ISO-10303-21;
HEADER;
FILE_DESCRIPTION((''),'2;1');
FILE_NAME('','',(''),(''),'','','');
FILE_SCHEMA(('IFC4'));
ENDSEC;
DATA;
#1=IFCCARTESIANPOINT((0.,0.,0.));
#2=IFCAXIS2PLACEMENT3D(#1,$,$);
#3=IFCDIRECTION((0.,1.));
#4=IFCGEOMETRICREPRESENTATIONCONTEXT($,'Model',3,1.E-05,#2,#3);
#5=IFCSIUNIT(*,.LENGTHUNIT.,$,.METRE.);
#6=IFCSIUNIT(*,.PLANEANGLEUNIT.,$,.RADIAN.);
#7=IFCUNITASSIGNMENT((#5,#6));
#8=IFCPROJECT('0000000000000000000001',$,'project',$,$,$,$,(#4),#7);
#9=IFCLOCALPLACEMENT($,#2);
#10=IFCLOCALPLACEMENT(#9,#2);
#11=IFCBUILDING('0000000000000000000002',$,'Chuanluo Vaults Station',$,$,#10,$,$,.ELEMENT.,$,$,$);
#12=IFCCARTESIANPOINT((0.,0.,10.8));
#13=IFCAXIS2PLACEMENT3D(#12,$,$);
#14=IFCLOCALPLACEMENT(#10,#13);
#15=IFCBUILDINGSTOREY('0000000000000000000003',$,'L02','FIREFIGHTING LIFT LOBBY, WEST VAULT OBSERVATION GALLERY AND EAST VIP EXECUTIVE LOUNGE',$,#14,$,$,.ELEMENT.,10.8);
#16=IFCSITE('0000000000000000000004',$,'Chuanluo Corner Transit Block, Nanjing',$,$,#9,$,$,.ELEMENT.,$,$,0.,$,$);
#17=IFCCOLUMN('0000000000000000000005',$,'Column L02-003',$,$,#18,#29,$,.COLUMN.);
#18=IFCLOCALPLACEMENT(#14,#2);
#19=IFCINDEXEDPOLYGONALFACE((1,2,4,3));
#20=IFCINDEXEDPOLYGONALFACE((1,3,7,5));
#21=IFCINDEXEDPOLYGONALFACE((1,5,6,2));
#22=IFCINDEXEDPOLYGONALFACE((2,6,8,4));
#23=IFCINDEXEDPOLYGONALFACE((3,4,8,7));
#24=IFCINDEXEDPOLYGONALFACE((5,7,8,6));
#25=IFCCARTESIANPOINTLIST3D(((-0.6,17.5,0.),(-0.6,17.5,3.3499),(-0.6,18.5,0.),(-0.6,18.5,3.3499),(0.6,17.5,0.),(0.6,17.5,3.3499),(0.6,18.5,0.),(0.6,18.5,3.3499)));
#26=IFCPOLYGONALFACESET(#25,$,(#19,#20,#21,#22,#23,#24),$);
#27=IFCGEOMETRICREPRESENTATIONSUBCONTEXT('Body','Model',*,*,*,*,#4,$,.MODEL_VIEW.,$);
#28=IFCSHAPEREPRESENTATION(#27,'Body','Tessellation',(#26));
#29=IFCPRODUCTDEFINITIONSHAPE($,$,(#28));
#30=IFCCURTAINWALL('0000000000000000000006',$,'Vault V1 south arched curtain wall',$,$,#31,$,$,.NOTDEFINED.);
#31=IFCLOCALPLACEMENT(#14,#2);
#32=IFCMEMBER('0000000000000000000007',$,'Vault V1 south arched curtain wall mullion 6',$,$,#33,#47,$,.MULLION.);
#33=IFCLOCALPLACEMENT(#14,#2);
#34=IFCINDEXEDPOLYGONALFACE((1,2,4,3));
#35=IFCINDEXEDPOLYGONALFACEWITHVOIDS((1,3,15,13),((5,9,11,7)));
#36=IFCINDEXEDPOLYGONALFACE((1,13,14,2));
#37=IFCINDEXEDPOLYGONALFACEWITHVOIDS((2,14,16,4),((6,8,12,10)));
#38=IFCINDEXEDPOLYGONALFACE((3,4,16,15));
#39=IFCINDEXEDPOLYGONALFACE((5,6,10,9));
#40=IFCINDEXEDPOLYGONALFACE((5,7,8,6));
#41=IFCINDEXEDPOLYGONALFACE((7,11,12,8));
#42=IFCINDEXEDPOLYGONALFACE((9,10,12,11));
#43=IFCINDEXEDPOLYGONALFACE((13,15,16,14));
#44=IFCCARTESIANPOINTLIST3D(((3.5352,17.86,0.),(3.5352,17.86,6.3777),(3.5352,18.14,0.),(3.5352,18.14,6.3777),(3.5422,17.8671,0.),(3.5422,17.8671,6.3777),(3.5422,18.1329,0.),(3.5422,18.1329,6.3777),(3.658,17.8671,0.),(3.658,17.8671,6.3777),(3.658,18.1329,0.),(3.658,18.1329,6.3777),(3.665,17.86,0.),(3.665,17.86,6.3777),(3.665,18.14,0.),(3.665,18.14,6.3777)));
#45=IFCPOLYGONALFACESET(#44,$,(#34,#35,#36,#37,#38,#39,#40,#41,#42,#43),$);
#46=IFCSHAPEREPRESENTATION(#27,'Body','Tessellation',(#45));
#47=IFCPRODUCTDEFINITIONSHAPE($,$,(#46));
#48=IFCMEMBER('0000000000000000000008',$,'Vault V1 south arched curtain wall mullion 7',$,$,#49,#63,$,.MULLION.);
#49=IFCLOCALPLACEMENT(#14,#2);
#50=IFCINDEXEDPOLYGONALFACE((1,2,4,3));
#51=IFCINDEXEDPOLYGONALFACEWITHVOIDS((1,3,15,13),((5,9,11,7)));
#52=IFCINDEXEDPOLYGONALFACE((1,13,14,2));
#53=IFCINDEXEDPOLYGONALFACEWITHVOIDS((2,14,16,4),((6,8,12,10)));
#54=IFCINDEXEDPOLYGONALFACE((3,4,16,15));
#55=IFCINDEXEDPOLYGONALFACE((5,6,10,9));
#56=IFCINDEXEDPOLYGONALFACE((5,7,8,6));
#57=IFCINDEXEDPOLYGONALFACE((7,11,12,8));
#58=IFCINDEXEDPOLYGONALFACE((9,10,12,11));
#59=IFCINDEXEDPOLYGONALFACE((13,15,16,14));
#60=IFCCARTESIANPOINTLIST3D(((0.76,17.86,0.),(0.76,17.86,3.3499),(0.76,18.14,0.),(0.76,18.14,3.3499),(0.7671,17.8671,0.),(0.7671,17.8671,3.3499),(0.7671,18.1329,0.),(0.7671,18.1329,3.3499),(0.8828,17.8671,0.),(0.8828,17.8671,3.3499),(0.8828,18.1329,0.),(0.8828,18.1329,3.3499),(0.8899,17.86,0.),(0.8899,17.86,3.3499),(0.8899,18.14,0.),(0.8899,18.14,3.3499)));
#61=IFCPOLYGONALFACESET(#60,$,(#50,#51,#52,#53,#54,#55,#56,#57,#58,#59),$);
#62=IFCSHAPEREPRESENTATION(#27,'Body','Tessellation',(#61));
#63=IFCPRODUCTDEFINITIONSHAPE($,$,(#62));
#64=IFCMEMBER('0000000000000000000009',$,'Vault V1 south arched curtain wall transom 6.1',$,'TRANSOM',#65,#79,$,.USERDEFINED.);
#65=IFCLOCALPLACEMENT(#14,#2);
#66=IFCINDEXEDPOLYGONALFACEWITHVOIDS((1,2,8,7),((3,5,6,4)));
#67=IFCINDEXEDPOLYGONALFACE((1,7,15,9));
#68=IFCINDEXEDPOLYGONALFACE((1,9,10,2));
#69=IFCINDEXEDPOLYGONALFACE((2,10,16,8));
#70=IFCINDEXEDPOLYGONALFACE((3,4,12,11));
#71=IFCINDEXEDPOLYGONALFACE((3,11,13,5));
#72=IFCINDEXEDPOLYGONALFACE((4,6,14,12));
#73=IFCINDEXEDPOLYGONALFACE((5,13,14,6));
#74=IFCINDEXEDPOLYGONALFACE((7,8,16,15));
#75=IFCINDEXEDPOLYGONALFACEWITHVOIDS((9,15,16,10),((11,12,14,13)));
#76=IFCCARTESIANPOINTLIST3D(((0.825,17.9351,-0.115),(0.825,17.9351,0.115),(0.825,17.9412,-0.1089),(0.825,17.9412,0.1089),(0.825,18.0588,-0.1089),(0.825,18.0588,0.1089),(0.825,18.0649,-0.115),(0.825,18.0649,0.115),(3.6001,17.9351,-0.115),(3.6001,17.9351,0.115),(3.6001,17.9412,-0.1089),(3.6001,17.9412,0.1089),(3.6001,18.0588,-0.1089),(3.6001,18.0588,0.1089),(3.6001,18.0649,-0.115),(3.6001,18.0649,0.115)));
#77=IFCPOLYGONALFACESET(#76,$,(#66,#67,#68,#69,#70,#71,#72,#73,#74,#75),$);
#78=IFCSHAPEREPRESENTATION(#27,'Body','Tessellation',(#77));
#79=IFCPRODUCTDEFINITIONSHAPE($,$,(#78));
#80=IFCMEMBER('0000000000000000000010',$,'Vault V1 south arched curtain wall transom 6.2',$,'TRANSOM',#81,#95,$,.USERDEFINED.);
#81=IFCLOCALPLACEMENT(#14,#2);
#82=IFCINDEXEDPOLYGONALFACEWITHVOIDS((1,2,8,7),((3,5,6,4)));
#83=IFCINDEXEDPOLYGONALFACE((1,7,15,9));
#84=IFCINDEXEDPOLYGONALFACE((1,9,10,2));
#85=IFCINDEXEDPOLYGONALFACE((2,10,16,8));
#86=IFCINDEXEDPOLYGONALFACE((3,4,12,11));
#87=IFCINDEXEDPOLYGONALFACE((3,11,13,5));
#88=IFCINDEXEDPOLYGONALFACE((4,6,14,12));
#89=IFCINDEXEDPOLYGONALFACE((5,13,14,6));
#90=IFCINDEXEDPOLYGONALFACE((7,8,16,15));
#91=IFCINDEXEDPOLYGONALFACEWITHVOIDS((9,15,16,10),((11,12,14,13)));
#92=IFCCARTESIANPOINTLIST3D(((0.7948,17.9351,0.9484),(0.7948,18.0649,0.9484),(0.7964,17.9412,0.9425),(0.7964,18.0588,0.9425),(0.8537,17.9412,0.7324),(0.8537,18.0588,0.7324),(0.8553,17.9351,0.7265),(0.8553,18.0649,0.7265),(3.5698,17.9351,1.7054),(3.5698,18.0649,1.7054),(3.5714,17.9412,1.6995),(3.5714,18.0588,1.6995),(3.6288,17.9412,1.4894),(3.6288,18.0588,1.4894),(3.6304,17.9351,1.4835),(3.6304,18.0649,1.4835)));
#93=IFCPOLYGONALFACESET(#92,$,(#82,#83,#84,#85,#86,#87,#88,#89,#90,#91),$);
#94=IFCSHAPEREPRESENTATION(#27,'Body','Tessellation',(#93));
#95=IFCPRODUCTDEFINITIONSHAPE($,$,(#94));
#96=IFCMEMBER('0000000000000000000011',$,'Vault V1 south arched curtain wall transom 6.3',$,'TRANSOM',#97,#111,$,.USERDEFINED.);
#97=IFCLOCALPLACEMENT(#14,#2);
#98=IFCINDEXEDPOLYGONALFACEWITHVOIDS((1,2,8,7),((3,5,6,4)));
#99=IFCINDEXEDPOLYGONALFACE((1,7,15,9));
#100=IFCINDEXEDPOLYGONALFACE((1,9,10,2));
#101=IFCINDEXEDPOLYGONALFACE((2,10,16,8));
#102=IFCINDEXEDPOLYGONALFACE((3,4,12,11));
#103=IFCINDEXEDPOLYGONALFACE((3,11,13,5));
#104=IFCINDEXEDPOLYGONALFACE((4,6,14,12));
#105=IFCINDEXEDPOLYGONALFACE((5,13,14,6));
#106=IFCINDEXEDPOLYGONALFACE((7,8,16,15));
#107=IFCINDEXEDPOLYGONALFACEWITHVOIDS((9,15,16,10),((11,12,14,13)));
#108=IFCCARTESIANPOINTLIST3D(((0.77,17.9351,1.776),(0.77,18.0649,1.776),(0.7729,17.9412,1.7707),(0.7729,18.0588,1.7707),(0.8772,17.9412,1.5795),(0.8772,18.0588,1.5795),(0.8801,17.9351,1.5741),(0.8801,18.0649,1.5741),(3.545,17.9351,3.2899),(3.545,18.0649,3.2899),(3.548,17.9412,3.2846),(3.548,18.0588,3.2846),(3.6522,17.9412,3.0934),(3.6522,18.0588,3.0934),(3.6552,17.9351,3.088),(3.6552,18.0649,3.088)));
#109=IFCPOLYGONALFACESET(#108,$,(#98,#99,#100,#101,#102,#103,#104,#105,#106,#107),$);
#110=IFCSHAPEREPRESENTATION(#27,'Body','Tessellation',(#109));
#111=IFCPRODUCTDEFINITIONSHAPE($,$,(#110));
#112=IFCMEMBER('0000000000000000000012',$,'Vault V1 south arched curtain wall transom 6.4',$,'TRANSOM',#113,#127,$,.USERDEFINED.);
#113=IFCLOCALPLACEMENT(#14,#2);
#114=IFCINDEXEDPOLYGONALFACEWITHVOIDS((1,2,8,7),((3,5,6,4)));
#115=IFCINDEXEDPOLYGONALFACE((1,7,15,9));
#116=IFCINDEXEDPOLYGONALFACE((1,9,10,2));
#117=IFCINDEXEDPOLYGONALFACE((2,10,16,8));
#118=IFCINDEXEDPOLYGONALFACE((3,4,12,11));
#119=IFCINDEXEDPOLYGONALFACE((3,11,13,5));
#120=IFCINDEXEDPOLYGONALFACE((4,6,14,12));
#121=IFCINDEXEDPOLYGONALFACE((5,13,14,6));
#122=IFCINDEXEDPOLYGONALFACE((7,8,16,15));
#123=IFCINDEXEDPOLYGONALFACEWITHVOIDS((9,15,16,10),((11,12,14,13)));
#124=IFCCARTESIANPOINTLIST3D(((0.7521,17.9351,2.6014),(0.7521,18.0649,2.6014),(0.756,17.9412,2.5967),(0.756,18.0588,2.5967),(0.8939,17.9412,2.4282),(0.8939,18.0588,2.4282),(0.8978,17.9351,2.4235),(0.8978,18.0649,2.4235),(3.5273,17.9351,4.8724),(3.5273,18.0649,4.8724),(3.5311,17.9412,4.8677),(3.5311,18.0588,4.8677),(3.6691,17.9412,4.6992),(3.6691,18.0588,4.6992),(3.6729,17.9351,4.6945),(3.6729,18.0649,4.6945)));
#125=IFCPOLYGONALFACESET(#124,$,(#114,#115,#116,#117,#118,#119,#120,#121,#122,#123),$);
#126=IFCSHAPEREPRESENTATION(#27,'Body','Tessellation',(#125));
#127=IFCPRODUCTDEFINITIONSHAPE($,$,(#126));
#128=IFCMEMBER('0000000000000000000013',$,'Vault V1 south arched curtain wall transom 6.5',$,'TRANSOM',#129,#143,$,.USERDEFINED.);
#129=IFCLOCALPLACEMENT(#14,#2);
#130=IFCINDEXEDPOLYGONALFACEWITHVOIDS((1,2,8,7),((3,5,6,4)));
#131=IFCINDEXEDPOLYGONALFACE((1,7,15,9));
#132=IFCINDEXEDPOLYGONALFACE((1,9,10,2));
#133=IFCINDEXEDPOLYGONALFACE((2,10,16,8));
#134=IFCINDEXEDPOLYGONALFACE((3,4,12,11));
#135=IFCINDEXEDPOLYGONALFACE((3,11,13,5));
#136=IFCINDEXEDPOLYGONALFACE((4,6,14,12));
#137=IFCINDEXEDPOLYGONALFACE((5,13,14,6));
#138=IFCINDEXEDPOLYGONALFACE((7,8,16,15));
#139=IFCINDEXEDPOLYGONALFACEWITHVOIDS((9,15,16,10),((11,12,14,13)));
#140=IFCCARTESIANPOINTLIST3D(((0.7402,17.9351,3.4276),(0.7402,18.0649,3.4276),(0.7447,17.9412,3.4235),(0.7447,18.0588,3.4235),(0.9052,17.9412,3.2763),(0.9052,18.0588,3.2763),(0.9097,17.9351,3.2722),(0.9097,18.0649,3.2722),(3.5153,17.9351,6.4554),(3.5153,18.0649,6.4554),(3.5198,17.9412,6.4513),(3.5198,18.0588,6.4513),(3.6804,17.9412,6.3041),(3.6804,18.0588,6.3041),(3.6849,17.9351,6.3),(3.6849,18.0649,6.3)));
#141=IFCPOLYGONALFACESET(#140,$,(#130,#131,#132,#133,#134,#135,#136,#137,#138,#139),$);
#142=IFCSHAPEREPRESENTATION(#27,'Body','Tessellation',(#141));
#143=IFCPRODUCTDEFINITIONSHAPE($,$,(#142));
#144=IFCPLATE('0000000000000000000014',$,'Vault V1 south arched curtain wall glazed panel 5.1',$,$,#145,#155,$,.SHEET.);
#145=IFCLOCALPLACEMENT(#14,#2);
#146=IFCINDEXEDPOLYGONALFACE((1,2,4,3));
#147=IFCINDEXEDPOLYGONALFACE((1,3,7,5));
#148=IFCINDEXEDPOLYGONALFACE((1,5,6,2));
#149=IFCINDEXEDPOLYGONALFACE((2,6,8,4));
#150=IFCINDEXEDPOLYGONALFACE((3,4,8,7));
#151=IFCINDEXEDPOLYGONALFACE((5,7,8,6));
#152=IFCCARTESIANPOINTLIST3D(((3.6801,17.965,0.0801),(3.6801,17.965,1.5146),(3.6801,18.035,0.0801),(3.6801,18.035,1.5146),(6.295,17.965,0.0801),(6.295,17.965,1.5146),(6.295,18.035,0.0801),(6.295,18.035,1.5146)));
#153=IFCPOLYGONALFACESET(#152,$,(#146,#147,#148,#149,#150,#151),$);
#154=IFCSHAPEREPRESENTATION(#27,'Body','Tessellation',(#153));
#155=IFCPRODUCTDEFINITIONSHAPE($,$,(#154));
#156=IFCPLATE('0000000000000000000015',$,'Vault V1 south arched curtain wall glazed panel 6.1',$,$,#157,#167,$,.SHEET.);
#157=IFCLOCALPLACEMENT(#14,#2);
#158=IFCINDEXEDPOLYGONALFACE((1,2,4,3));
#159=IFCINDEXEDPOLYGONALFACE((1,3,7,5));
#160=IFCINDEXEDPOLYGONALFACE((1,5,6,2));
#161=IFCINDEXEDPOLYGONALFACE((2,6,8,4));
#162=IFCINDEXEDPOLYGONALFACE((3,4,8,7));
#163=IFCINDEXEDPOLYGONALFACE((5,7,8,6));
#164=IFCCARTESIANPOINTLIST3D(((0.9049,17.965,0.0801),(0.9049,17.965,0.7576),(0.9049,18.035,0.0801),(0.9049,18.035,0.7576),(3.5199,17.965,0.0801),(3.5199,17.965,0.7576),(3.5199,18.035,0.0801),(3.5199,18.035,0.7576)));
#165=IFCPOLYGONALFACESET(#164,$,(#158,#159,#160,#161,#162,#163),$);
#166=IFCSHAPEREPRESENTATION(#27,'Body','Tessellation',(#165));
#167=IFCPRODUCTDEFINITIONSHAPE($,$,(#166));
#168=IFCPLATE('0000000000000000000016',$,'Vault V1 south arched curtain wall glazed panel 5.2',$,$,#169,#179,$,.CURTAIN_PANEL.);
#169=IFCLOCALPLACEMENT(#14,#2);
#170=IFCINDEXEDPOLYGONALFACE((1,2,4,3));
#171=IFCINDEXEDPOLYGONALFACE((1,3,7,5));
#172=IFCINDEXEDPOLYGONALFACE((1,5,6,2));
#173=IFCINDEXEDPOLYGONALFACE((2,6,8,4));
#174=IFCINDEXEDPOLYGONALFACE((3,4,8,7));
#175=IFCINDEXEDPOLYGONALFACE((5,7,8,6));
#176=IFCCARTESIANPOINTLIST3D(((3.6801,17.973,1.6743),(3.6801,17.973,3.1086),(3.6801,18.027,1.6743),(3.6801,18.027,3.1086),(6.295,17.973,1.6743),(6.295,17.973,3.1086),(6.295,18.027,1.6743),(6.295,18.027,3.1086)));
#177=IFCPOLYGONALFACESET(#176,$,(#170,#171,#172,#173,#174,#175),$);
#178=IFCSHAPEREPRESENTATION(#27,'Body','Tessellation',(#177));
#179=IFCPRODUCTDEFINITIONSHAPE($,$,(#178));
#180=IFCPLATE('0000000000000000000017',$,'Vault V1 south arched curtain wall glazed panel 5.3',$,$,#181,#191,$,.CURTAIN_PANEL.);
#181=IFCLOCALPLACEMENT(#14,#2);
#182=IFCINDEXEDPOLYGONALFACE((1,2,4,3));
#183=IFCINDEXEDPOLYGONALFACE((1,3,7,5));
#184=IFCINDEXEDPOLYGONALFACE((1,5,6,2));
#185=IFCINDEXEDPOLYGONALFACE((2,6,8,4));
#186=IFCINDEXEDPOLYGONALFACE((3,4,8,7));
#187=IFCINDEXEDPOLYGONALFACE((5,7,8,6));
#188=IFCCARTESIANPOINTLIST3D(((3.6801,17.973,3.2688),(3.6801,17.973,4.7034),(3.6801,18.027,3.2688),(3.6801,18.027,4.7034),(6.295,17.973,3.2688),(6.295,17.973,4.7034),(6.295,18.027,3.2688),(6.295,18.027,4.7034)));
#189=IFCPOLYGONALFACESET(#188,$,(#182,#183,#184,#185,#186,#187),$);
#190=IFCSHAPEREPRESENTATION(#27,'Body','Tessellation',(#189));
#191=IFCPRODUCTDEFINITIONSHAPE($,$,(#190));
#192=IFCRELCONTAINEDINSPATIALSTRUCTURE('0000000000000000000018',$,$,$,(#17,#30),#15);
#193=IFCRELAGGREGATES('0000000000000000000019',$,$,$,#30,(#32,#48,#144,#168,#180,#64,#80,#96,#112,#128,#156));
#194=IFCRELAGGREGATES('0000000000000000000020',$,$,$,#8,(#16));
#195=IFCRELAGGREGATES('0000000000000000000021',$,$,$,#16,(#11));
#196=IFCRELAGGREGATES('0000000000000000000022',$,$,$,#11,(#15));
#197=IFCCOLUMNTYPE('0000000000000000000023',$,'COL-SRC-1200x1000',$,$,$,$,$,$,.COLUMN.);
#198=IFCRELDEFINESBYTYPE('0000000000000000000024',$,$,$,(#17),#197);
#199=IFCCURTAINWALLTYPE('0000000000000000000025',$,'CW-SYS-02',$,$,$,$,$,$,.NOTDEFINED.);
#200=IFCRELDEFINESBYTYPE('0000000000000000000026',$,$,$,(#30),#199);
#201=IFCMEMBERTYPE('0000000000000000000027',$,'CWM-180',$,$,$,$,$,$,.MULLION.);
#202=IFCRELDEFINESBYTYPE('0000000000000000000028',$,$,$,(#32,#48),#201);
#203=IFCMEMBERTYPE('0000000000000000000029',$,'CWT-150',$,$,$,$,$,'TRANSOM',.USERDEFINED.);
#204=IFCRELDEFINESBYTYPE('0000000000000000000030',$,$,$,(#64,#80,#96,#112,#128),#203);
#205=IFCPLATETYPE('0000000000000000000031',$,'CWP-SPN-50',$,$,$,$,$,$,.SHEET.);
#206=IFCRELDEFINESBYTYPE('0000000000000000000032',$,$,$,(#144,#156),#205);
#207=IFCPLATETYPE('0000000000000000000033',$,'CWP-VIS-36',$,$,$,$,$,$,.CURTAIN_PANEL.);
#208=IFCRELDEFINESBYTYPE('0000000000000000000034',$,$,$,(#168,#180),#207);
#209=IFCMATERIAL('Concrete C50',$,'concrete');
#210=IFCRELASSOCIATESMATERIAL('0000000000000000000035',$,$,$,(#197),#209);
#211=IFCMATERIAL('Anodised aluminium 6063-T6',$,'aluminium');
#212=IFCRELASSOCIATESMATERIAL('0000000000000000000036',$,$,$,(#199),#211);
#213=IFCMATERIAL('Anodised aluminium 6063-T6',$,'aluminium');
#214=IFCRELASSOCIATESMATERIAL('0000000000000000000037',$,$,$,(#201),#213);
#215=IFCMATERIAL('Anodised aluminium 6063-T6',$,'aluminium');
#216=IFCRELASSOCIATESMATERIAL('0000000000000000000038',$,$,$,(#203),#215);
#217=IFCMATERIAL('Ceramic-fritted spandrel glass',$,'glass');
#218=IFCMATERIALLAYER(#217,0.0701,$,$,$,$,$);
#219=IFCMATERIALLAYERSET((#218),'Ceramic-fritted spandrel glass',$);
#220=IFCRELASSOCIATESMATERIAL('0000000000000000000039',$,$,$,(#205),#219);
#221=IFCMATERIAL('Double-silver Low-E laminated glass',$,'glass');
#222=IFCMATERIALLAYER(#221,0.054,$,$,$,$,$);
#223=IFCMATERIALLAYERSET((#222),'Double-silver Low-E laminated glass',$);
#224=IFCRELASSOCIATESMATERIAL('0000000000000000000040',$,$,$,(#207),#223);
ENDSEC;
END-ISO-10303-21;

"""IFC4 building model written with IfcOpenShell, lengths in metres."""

from ifc_helpers import new_model, si_unit, direction, frame, origin, origin_2d, place, context, subcontext, project, spatial, rectangle, hollow_rectangle, extrude, material, layer, layer_set, material_profile, profile_set, type_object, element, aggregate, save


model = new_model("IFC4")

# Units and contexts
model_context = context("Model", 3, precision=1e-05, world=origin(), true_north=direction((0.0, 1.0)))
body_context = subcontext(model_context, "Body", "Model", "MODEL_VIEW")
ifc_project = project(units=[si_unit("LENGTHUNIT", "METRE"), si_unit("PLANEANGLEUNIT", "RADIAN")], contexts=[model_context])

# Site, building, storey
site_placement = place(None, origin())
site = spatial("IfcSite", under=ifc_project, at=site_placement, Name="Chuanluo Corner Transit Block, Nanjing", CompositionType="ELEMENT", RefElevation=0.0)
building_placement = place(site_placement, origin())
building = spatial("IfcBuilding", under=site, at=building_placement, Name="Chuanluo Vaults Station", CompositionType="ELEMENT")
storey_placement = place(building_placement, frame((0.0, 0.0, 10.8)))
storey = spatial("IfcBuildingStorey", under=building, at=storey_placement, Name="L02", Description="FIREFIGHTING LIFT LOBBY, WEST VAULT OBSERVATION GALLERY AND EAST VIP EXECUTIVE LOUNGE", CompositionType="ELEMENT", Elevation=10.8)

# Column
ifc_material_1 = material(Name="Concrete C50", Category="concrete")
ifc_material_profile_1 = material_profile(ifc_material_1, rectangle(XDim=1.2, YDim=1.0, at=origin_2d()))
ifc_profile_set_1 = profile_set([ifc_material_profile_1], Name="Concrete C50")
column_type = type_object("IfcColumnType", Name="COL-SRC-1200x1000", PredefinedType="COLUMN", material=ifc_profile_set_1)
column_placement = place(storey_placement, frame((0.0, 18.0, 0.0), z_axis=(0.0, 0.0, 1.0), x_axis=(1.0, 0.0, 0.0)))
element("IfcColumn", 1, at=column_placement, inside=storey, type_object=column_type, Name="Column L02-003", PredefinedType="COLUMN", context=body_context, shape_type="SweptSolid", body=[
    extrude(rectangle(XDim=1.2, YDim=1.0, at=origin_2d()), origin(), (0.0, 0.0, 1.0), 3.3499),
])

# Curtain wall, members, plates
ifc_material_2 = material(Name="Anodised aluminium 6063-T6", Category="aluminium")
curtain_wall_type = type_object("IfcCurtainWallType", Name="CW-SYS-02", PredefinedType="NOTDEFINED", material=ifc_material_2)
curtain_wall_placement = place(storey_placement, origin())
curtain_wall = element("IfcCurtainWall", 2, at=curtain_wall_placement, inside=storey, type_object=curtain_wall_type, Name="Vault V1 south arched curtain wall", PredefinedType="NOTDEFINED")
ifc_material_3 = material(Name="Anodised aluminium 6063-T6", Category="aluminium")
ifc_material_profile_2 = material_profile(ifc_material_3, hollow_rectangle(XDim=0.1299, YDim=0.28, WallThickness=0.0071, at=origin_2d()))
ifc_profile_set_2 = profile_set([ifc_material_profile_2], Name="Anodised aluminium 6063-T6")
member_type_1 = type_object("IfcMemberType", Name="CWM-180", PredefinedType="MULLION", material=ifc_profile_set_2)
member_1_placement = place(storey_placement, frame((3.6001, 18.0, 0.0), z_axis=(0.0, 0.0, 1.0), x_axis=(-1.0, 0.0, 0.0)))
member_1 = element("IfcMember", 3, at=member_1_placement, type_object=member_type_1, Name="Vault V1 south arched curtain wall mullion 6", PredefinedType="MULLION", context=body_context, shape_type="SweptSolid", body=[
    extrude(hollow_rectangle(XDim=0.1299, YDim=0.28, WallThickness=0.0071, at=origin_2d()), origin(), (0.0, 0.0, 1.0), 6.3777),
])
member_2_placement = place(storey_placement, frame((0.825, 18.0, 0.0), z_axis=(0.0, 0.0, 1.0), x_axis=(-1.0, 0.0, 0.0)))
member_2 = element("IfcMember", 4, at=member_2_placement, type_object=member_type_1, Name="Vault V1 south arched curtain wall mullion 7", PredefinedType="MULLION", context=body_context, shape_type="SweptSolid", body=[
    extrude(hollow_rectangle(XDim=0.1299, YDim=0.28, WallThickness=0.0071, at=origin_2d()), origin(), (0.0, 0.0, 1.0), 3.3499),
])
ifc_material_4 = material(Name="Anodised aluminium 6063-T6", Category="aluminium")
ifc_material_profile_3 = material_profile(ifc_material_4, hollow_rectangle(XDim=0.1299, YDim=0.23, WallThickness=0.0061, at=origin_2d()))
ifc_profile_set_3 = profile_set([ifc_material_profile_3], Name="Anodised aluminium 6063-T6")
member_type_2 = type_object("IfcMemberType", Name="CWT-150", ElementType="TRANSOM", PredefinedType="USERDEFINED", material=ifc_profile_set_3)
member_3_placement = place(storey_placement, frame((3.6001, 18.0, 0.0), z_axis=(-1.0, 0.0, 0.0), x_axis=(0.0, -1.0, 0.0)))
member_3 = element("IfcMember", 5, at=member_3_placement, type_object=member_type_2, Name="Vault V1 south arched curtain wall transom 6.1", ObjectType="TRANSOM", PredefinedType="USERDEFINED", context=body_context, shape_type="SweptSolid", body=[
    extrude(hollow_rectangle(XDim=0.1299, YDim=0.23, WallThickness=0.0061, at=origin_2d()), origin(), (0.0, 0.0, 1.0), 2.7751),
])
member_4_placement = place(storey_placement, frame((3.6001, 18.0, 1.5945), z_axis=(-0.964744, 0.0, -0.263189), x_axis=(0.0, -1.0, 0.0)))
member_4 = element("IfcMember", 6, at=member_4_placement, type_object=member_type_2, Name="Vault V1 south arched curtain wall transom 6.2", ObjectType="TRANSOM", PredefinedType="USERDEFINED", context=body_context, shape_type="SweptSolid", body=[
    extrude(hollow_rectangle(XDim=0.1299, YDim=0.23, WallThickness=0.0061, at=origin_2d()), origin(), (0.0, 0.0, 1.0), 2.8765),
])
member_5_placement = place(storey_placement, frame((3.6001, 18.0, 3.189), z_axis=(-0.877869, 0.0, -0.478901), x_axis=(0.0, -1.0, 0.0)))
member_5 = element("IfcMember", 7, at=member_5_placement, type_object=member_type_2, Name="Vault V1 south arched curtain wall transom 6.3", ObjectType="TRANSOM", PredefinedType="USERDEFINED", context=body_context, shape_type="SweptSolid", body=[
    extrude(hollow_rectangle(XDim=0.1299, YDim=0.23, WallThickness=0.0061, at=origin_2d()), origin(), (0.0, 0.0, 1.0), 3.1611),
])
member_6_placement = place(storey_placement, frame((3.6001, 18.0, 4.7834), z_axis=(-0.7739, 0.0, -0.633308), x_axis=(0.0, -1.0, 0.0)))
member_6 = element("IfcMember", 8, at=member_6_placement, type_object=member_type_2, Name="Vault V1 south arched curtain wall transom 6.4", ObjectType="TRANSOM", PredefinedType="USERDEFINED", context=body_context, shape_type="SweptSolid", body=[
    extrude(hollow_rectangle(XDim=0.1299, YDim=0.23, WallThickness=0.0061, at=origin_2d()), origin(), (0.0, 0.0, 1.0), 3.5859),
])
member_7_placement = place(storey_placement, frame((3.6001, 18.0, 6.3777), z_axis=(-0.675676, 0.0, -0.737199), x_axis=(0.0, -1.0, 0.0)))
member_7 = element("IfcMember", 9, at=member_7_placement, type_object=member_type_2, Name="Vault V1 south arched curtain wall transom 6.5", ObjectType="TRANSOM", PredefinedType="USERDEFINED", context=body_context, shape_type="SweptSolid", body=[
    extrude(hollow_rectangle(XDim=0.1299, YDim=0.23, WallThickness=0.0061, at=origin_2d()), origin(), (0.0, 0.0, 1.0), 4.1072),
])
ifc_material_5 = material(Name="Ceramic-fritted spandrel glass", Category="glass")
ifc_layer_1 = layer(ifc_material_5, 0.0701)
ifc_layer_set_1 = layer_set([ifc_layer_1], Name="Ceramic-fritted spandrel glass")
plate_type_1 = type_object("IfcPlateType", Name="CWP-SPN-50", PredefinedType="SHEET", material=ifc_layer_set_1)
plate_1_placement = place(storey_placement, frame((4.9875, 18.0, 0.0801), z_axis=(0.0, 0.0, 1.0), x_axis=(-1.0, 0.0, 0.0)))
plate_1 = element("IfcPlate", 10, at=plate_1_placement, type_object=plate_type_1, Name="Vault V1 south arched curtain wall glazed panel 5.1", PredefinedType="SHEET", context=body_context, shape_type="SweptSolid", body=[
    extrude(rectangle(XDim=2.615, YDim=0.0701, at=origin_2d()), origin(), (0.0, 0.0, 1.0), 1.4346),
])
plate_2_placement = place(storey_placement, frame((2.2124, 18.0, 0.0801), z_axis=(0.0, 0.0, 1.0), x_axis=(-1.0, 0.0, 0.0)))
plate_2 = element("IfcPlate", 11, at=plate_2_placement, type_object=plate_type_1, Name="Vault V1 south arched curtain wall glazed panel 6.1", PredefinedType="SHEET", context=body_context, shape_type="SweptSolid", body=[
    extrude(rectangle(XDim=2.615, YDim=0.0701, at=origin_2d()), origin(), (0.0, 0.0, 1.0), 0.6775),
])
ifc_material_6 = material(Name="Double-silver Low-E laminated glass", Category="glass")
ifc_layer_2 = layer(ifc_material_6, 0.054)
ifc_layer_set_2 = layer_set([ifc_layer_2], Name="Double-silver Low-E laminated glass")
plate_type_2 = type_object("IfcPlateType", Name="CWP-VIS-36", PredefinedType="CURTAIN_PANEL", material=ifc_layer_set_2)
plate_3_placement = place(storey_placement, frame((4.9875, 18.0, 1.6743), z_axis=(0.0, 0.0, 1.0), x_axis=(-1.0, 0.0, 0.0)))
plate_3 = element("IfcPlate", 12, at=plate_3_placement, type_object=plate_type_2, Name="Vault V1 south arched curtain wall glazed panel 5.2", PredefinedType="CURTAIN_PANEL", context=body_context, shape_type="SweptSolid", body=[
    extrude(rectangle(XDim=2.615, YDim=0.054, at=origin_2d()), origin(), (0.0, 0.0, 1.0), 1.4343),
])
plate_4_placement = place(storey_placement, frame((4.9875, 18.0, 3.2688), z_axis=(0.0, 0.0, 1.0), x_axis=(-1.0, 0.0, 0.0)))
plate_4 = element("IfcPlate", 13, at=plate_4_placement, type_object=plate_type_2, Name="Vault V1 south arched curtain wall glazed panel 5.3", PredefinedType="CURTAIN_PANEL", context=body_context, shape_type="SweptSolid", body=[
    extrude(rectangle(XDim=2.615, YDim=0.054, at=origin_2d()), origin(), (0.0, 0.0, 1.0), 1.4346),
])
aggregate(curtain_wall, [member_1, member_2, plate_1, plate_3, plate_4, member_3, member_4, member_5, member_6, member_7, plate_2])

save(model, "model.ifc")
